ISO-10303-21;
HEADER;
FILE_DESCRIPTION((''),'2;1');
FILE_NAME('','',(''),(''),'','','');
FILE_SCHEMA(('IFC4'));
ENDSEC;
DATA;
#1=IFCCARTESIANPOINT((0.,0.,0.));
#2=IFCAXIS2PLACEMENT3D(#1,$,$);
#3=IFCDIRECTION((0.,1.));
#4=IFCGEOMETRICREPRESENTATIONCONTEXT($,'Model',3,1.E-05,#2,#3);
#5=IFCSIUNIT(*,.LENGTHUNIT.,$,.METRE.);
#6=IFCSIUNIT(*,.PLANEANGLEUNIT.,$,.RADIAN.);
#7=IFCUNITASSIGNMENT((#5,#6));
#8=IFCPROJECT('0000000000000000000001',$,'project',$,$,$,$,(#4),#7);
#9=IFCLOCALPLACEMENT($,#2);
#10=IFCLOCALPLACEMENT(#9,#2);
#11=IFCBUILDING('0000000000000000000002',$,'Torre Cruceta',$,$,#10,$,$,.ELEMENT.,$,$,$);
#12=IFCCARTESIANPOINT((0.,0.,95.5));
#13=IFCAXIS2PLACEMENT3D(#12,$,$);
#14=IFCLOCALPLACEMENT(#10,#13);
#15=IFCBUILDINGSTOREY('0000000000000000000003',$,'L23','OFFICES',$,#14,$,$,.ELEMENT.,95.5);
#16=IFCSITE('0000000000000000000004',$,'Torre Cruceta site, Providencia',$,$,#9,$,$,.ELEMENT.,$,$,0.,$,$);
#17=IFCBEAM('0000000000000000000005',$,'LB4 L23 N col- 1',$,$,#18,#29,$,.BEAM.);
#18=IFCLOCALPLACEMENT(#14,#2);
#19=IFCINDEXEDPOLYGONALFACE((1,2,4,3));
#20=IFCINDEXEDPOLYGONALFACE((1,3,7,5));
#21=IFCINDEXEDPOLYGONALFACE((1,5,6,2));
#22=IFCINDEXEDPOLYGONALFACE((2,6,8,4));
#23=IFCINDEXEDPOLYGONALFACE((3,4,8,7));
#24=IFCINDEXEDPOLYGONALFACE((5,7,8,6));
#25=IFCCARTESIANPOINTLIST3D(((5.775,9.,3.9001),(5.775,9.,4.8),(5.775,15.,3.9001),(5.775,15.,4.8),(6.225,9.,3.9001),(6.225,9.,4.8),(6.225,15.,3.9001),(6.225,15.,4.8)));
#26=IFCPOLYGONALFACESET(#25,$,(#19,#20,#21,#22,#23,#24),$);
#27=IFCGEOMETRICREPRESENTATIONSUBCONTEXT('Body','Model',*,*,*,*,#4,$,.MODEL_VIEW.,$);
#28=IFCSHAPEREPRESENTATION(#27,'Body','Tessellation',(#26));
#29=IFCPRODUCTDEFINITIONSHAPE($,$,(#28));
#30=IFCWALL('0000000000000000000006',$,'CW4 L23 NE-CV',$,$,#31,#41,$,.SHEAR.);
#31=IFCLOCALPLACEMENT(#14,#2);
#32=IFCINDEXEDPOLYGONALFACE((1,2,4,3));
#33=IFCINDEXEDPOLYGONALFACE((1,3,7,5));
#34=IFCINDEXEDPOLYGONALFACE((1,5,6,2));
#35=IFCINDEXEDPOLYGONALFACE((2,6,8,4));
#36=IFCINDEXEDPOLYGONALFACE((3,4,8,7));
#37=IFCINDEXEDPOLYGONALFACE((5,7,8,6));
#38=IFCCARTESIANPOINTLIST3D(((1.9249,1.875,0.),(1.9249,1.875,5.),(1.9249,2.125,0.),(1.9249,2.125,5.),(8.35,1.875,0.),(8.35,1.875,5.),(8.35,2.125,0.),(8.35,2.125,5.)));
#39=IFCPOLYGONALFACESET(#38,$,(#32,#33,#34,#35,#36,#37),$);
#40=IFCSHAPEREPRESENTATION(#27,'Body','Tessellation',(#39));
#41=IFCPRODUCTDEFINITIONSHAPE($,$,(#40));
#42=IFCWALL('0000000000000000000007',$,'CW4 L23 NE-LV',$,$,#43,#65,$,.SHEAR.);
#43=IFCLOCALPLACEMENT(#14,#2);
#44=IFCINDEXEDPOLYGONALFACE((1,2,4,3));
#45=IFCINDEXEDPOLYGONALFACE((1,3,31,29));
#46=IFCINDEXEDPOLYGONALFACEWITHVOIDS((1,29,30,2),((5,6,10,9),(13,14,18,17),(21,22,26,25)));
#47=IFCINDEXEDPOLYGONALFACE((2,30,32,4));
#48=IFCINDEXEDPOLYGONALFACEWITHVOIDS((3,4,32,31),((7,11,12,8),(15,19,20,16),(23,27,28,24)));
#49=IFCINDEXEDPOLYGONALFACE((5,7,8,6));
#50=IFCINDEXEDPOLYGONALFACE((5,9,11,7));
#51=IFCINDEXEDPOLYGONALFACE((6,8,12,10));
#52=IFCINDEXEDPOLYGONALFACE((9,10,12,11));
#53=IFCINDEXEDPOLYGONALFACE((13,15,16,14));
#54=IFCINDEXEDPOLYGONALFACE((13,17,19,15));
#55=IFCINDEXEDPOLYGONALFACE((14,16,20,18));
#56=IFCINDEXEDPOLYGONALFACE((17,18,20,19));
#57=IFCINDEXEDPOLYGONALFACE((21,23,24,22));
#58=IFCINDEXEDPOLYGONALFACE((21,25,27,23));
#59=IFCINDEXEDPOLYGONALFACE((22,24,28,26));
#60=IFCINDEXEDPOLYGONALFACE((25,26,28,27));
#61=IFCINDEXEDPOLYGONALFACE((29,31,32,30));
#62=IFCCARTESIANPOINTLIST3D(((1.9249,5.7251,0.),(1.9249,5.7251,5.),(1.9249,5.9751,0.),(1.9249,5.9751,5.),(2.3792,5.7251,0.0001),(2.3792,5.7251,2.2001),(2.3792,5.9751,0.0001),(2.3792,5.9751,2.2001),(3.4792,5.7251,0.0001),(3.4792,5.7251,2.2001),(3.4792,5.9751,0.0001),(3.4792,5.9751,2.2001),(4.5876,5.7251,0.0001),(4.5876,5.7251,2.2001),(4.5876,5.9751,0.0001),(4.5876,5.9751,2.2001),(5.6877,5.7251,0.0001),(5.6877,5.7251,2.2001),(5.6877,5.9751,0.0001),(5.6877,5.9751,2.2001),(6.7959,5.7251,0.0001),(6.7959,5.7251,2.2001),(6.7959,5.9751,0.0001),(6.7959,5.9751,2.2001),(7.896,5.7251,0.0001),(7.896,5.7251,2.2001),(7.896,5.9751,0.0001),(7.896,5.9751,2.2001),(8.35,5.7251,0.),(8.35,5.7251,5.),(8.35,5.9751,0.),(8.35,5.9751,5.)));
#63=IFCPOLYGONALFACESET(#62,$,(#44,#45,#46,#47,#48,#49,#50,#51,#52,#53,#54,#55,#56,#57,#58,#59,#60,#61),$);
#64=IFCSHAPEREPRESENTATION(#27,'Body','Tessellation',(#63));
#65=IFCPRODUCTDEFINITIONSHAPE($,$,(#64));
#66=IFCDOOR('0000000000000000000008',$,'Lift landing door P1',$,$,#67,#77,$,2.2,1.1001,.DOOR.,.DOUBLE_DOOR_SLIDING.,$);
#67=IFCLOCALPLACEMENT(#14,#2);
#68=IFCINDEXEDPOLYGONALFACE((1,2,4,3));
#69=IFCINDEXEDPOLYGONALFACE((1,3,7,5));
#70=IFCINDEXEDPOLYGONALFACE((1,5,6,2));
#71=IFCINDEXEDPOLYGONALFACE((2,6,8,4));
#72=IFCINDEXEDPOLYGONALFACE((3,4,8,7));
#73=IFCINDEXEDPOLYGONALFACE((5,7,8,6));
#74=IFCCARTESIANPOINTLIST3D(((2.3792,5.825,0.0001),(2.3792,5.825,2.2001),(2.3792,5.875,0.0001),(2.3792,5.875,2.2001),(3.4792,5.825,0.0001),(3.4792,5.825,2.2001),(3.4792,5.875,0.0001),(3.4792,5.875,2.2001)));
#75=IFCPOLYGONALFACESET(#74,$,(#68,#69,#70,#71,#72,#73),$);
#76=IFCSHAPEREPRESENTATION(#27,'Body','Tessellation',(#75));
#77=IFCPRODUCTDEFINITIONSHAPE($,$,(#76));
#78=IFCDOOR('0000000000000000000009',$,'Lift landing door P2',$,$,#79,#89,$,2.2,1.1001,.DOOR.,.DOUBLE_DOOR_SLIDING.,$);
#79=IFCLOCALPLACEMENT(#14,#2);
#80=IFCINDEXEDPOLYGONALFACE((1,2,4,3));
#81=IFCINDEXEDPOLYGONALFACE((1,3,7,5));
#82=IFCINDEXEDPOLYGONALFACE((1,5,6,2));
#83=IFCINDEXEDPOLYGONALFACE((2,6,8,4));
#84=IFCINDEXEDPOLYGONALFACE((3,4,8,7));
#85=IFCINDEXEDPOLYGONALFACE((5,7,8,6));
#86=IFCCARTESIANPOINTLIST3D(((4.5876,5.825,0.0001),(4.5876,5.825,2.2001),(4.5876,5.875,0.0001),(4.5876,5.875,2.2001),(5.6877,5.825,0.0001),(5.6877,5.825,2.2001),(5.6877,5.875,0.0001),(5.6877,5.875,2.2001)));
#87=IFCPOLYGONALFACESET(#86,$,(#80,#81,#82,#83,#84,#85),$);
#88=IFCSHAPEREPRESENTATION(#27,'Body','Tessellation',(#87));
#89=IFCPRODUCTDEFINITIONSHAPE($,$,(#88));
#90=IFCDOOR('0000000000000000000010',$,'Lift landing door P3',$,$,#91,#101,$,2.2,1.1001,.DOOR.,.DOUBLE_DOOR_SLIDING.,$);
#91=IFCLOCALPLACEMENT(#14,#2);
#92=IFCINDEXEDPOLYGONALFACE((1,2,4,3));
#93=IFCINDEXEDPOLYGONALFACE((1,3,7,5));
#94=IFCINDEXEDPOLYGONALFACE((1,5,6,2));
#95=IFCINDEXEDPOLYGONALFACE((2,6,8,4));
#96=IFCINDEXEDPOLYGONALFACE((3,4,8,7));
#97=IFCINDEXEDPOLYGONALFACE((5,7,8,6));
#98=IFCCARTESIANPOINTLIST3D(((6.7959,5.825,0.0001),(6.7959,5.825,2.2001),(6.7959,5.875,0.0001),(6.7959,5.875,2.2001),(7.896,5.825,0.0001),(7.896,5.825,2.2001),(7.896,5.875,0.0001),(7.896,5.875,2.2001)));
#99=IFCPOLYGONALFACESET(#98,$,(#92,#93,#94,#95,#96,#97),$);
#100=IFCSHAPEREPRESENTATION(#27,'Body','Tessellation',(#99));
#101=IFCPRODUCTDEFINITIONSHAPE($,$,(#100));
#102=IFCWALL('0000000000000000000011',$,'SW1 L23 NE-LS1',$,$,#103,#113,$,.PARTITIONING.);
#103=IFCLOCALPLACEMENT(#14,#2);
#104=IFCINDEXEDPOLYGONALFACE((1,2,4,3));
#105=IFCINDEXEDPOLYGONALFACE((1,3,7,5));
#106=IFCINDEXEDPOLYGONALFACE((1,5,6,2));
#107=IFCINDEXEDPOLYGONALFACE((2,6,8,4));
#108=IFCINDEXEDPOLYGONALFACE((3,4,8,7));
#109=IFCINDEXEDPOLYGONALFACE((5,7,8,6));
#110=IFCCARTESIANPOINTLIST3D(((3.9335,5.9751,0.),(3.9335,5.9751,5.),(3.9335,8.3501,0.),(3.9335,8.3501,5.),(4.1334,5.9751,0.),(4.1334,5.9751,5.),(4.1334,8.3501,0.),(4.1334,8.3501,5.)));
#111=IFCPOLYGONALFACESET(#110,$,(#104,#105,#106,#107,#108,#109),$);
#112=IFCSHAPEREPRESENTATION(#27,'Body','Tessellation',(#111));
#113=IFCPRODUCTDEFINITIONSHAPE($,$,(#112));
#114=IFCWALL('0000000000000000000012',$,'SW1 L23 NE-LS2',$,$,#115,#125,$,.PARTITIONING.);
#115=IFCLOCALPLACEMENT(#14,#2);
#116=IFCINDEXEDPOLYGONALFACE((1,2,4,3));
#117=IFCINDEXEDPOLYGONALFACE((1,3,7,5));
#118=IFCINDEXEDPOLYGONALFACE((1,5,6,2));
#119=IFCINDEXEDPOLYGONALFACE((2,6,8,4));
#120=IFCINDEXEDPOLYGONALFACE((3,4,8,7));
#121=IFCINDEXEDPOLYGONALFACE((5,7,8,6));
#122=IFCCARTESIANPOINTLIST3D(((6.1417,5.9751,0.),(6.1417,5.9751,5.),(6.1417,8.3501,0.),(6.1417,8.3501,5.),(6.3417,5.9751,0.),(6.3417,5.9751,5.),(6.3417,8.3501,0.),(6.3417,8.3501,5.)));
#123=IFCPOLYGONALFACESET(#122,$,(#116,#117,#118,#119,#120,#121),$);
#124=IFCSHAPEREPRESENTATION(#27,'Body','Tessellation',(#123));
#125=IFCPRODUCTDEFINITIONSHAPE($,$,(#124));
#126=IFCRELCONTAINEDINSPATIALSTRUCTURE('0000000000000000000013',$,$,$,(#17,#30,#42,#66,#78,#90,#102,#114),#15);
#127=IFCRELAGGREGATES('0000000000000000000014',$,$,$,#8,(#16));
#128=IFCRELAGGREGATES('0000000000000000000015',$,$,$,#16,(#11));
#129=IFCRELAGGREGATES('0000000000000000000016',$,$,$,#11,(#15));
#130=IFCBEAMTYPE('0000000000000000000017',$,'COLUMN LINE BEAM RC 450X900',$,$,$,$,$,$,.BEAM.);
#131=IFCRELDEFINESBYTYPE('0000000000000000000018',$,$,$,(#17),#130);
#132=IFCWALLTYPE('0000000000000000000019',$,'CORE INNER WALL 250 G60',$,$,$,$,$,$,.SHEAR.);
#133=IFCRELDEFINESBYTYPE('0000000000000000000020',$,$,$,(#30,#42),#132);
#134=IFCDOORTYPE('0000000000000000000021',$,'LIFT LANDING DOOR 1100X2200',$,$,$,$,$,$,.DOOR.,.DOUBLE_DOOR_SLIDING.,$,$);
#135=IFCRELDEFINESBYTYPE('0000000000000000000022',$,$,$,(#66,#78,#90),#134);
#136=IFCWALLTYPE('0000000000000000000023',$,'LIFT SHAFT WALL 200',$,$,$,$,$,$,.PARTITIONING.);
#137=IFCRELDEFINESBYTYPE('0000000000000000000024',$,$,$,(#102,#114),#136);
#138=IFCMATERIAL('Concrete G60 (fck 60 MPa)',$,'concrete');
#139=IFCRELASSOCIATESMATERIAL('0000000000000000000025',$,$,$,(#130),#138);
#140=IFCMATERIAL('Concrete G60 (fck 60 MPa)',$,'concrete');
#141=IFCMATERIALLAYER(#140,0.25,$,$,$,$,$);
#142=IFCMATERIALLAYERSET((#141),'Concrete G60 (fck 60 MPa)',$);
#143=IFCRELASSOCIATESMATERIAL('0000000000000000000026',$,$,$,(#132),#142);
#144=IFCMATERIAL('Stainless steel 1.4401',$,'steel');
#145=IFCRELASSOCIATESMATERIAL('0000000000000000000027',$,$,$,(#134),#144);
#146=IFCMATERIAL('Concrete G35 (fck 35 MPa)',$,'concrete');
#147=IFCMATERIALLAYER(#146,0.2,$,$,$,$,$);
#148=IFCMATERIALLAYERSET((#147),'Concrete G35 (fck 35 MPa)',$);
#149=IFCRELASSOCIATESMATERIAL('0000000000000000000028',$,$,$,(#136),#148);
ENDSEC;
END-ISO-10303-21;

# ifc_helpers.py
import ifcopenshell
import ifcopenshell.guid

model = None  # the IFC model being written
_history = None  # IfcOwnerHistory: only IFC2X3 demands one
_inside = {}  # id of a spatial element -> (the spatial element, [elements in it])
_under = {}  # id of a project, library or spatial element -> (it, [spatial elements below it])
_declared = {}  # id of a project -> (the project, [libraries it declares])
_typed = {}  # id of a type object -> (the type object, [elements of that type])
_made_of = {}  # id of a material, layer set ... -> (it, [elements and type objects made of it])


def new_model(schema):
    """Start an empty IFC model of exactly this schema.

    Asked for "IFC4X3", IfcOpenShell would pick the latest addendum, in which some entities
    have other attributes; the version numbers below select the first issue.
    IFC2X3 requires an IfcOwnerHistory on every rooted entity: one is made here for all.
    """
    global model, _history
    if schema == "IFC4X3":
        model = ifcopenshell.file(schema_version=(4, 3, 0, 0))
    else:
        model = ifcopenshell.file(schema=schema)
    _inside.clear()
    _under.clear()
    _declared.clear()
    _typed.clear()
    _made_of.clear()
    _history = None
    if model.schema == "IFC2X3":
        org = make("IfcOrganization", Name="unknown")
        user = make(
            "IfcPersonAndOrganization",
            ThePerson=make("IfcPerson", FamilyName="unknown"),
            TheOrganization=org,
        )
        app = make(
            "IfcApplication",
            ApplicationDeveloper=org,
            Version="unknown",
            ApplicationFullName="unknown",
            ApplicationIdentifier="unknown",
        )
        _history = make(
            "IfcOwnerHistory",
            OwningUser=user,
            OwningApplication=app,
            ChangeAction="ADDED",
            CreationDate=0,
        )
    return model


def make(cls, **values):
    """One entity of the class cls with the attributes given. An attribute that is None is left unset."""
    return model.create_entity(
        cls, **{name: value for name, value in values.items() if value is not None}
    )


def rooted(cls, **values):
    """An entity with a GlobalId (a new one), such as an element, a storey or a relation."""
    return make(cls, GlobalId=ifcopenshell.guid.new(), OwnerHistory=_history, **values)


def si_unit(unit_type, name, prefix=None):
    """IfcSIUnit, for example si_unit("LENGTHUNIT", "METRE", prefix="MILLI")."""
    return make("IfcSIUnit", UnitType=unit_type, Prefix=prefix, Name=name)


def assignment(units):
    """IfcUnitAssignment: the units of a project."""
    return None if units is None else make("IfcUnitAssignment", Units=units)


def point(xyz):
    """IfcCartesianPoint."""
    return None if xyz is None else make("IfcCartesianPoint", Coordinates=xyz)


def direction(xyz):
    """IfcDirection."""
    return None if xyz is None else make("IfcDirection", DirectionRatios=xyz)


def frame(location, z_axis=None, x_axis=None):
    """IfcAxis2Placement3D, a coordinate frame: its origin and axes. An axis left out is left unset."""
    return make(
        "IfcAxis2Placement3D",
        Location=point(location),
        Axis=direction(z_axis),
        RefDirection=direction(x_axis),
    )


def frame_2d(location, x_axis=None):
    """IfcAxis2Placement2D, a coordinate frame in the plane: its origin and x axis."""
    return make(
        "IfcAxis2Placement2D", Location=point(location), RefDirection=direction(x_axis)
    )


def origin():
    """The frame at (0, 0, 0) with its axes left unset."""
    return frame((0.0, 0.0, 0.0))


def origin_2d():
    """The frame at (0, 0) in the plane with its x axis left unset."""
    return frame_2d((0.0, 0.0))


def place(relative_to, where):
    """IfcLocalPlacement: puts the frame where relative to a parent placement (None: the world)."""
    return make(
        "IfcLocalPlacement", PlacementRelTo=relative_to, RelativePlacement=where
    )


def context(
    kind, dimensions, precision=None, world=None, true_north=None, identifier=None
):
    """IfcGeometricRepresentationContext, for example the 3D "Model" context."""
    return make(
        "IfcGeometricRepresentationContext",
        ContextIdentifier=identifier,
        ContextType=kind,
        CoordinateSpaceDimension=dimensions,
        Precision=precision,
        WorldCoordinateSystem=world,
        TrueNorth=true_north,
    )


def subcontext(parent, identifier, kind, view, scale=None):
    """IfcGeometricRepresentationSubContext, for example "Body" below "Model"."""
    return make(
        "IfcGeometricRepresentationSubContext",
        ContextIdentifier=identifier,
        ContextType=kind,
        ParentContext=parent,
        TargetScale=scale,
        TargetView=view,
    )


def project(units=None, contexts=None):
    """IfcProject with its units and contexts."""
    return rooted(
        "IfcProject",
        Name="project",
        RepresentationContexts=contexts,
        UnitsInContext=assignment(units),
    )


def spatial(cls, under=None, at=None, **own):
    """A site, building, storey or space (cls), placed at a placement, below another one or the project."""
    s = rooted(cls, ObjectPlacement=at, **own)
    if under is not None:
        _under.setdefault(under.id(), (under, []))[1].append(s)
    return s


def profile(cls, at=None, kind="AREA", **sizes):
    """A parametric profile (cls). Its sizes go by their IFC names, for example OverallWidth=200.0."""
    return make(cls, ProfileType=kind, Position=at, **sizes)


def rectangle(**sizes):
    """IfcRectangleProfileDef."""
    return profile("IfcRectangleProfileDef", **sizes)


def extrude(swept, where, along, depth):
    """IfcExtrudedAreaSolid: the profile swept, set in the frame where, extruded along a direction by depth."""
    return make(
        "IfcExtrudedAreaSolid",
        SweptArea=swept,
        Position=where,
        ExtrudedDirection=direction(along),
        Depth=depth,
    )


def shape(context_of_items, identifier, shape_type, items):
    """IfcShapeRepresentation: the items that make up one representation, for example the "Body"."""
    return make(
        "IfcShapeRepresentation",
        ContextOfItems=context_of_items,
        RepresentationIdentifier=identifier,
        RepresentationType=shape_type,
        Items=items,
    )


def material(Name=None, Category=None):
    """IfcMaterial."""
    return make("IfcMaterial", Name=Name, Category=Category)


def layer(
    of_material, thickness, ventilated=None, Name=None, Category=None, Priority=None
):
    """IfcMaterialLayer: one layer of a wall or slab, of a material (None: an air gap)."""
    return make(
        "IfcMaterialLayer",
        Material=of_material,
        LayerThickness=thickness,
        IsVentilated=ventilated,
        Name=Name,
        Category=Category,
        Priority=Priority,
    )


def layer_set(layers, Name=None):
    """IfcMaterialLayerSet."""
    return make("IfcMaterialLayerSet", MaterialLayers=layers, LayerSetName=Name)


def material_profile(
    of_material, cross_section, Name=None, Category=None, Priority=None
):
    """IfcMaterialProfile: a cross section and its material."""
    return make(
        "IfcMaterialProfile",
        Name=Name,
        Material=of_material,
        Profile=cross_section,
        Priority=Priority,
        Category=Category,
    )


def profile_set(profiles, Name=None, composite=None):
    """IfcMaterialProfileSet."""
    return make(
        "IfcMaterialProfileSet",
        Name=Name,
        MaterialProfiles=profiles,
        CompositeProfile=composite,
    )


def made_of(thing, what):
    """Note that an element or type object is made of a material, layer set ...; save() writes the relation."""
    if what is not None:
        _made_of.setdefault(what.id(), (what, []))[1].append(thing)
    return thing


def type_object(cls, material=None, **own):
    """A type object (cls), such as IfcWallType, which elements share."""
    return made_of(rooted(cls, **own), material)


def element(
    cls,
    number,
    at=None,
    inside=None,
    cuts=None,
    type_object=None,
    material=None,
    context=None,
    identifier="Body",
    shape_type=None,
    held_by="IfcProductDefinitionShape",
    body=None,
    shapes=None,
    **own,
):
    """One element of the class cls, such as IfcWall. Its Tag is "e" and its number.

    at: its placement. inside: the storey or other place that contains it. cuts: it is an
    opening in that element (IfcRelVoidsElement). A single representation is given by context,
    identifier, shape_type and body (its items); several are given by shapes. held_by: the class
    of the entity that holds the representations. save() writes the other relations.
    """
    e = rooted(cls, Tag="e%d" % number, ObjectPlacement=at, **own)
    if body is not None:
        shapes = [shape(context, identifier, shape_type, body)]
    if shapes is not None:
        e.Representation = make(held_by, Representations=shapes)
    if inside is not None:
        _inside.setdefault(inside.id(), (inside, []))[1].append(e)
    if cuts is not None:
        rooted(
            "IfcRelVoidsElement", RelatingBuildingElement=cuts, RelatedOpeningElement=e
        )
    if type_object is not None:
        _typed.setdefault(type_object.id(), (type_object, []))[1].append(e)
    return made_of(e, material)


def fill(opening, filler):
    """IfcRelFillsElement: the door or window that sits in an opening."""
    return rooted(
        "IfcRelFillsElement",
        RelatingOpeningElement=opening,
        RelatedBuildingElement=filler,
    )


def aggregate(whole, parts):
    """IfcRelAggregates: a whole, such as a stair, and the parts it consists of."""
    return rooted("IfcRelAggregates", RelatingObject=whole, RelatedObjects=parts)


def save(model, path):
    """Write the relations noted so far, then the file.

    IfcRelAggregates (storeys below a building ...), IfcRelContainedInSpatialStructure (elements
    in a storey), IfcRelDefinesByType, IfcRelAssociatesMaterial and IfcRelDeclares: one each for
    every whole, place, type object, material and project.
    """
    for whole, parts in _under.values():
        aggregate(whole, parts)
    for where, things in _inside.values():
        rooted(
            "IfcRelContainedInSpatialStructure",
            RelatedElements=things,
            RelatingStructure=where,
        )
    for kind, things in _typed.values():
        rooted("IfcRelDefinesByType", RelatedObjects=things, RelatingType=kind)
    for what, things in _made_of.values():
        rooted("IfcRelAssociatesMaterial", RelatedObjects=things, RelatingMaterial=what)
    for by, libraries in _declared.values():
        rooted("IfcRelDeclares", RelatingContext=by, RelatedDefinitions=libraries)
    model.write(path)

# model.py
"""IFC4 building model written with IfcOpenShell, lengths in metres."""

from ifc_helpers import new_model, si_unit, direction, frame, frame_2d, origin, origin_2d, place, context, subcontext, project, spatial, rectangle, extrude, material, layer, layer_set, material_profile, profile_set, type_object, element, fill, save


model = new_model("IFC4")

# Units and contexts
model_context = context("Model", 3, precision=1e-05, world=origin(), true_north=direction((0.0, 1.0)))
body_context = subcontext(model_context, "Body", "Model", "MODEL_VIEW")
ifc_project = project(units=[si_unit("LENGTHUNIT", "METRE"), si_unit("PLANEANGLEUNIT", "RADIAN")], contexts=[model_context])

# Site, building, storey
site_placement = place(None, origin())
site = spatial("IfcSite", under=ifc_project, at=site_placement, Name="Torre Cruceta site, Providencia", CompositionType="ELEMENT", RefElevation=0.0)
building_placement = place(site_placement, origin())
building = spatial("IfcBuilding", under=site, at=building_placement, Name="Torre Cruceta", CompositionType="ELEMENT")
storey_placement = place(building_placement, frame((0.0, 0.0, 95.5)))
storey = spatial("IfcBuildingStorey", under=building, at=storey_placement, Name="L23", Description="OFFICES", CompositionType="ELEMENT", Elevation=95.5)

# Beam
ifc_material_1 = material(Name="Concrete G60 (fck 60 MPa)", Category="concrete")
ifc_material_profile = material_profile(ifc_material_1, rectangle(XDim=0.45, YDim=0.8999, at=origin_2d()), Name="RC 450X900")
ifc_profile_set = profile_set([ifc_material_profile], Name="Concrete G60 (fck 60 MPa)")
beam_type = type_object("IfcBeamType", Name="COLUMN LINE BEAM RC 450X900", PredefinedType="BEAM", material=ifc_profile_set)
beam_placement = place(storey_placement, frame((6.0, 9.0, 4.3501), z_axis=(0.0, 1.0, 0.0), x_axis=(-1.0, 0.0, 0.0)))
element("IfcBeam", 1, at=beam_placement, inside=storey, type_object=beam_type, Name="LB4 L23 N col- 1", PredefinedType="BEAM", context=body_context, shape_type="SweptSolid", body=[
    extrude(rectangle(XDim=0.45, YDim=0.8999, at=origin_2d()), origin(), (0.0, 0.0, 1.0), 6.0),
])

# Shared definitions
ifc_material_2 = material(Name="Concrete G60 (fck 60 MPa)", Category="concrete")
ifc_layer_1 = layer(ifc_material_2, 0.25)
ifc_layer_set_1 = layer_set([ifc_layer_1], Name="Concrete G60 (fck 60 MPa)")
wall_type_1 = type_object("IfcWallType", Name="CORE INNER WALL 250 G60", PredefinedType="SHEAR", material=ifc_layer_set_1)

# Wall
wall_1_placement = place(storey_placement, frame((1.925, 2.0, 0.0), z_axis=(0.0, 0.0, 1.0), x_axis=(1.0, 0.0, 0.0)))
element("IfcWall", 2, at=wall_1_placement, inside=storey, type_object=wall_type_1, Name="CW4 L23 NE-CV", PredefinedType="SHEAR", context=body_context, shape_type="SweptSolid", body=[
    extrude(rectangle(XDim=6.425, YDim=0.25, at=frame_2d((3.2124, 0.0))), origin(), (0.0, 0.0, 1.0), 5.0),
])

# Wall, openings, doors
wall_2_placement = place(storey_placement, frame((1.925, 5.8501, 0.0), z_axis=(0.0, 0.0, 1.0), x_axis=(1.0, 0.0, 0.0)))
wall_2 = element("IfcWall", 3, at=wall_2_placement, inside=storey, type_object=wall_type_1, Name="CW4 L23 NE-LV", PredefinedType="SHEAR", context=body_context, shape_type="SweptSolid", body=[
    extrude(rectangle(XDim=6.425, YDim=0.25, at=frame_2d((3.2124, 0.0))), origin(), (0.0, 0.0, 1.0), 5.0),
])
opening_1_placement = place(wall_2_placement, frame((0.4541, 0.0, 0.0)))
opening_1 = element("IfcOpeningElement", 4, at=opening_1_placement, cuts=wall_2, PredefinedType="OPENING", context=body_context, shape_type="SweptSolid", body=[
    extrude(rectangle(XDim=1.1001, YDim=2.2, at=frame_2d((0.55, 1.1001))), frame((0.0, 0.135, 0.0), z_axis=(0.0, -1.0, 0.0), x_axis=(1.0, 0.0, 0.0)), (0.0, 0.0, 1.0), 0.27),
])
opening_2_placement = place(wall_2_placement, frame((2.6626, 0.0, 0.0)))
opening_2 = element("IfcOpeningElement", 5, at=opening_2_placement, cuts=wall_2, PredefinedType="OPENING", context=body_context, shape_type="SweptSolid", body=[
    extrude(rectangle(XDim=1.1001, YDim=2.2, at=frame_2d((0.55, 1.1001))), frame((0.0, 0.135, 0.0), z_axis=(0.0, -1.0, 0.0), x_axis=(1.0, 0.0, 0.0)), (0.0, 0.0, 1.0), 0.27),
])
opening_3_placement = place(wall_2_placement, frame((4.8708, 0.0, 0.0)))
opening_3 = element("IfcOpeningElement", 6, at=opening_3_placement, cuts=wall_2, PredefinedType="OPENING", context=body_context, shape_type="SweptSolid", body=[
    extrude(rectangle(XDim=1.1001, YDim=2.2, at=frame_2d((0.55, 1.1001))), frame((0.0, 0.135, 0.0), z_axis=(0.0, -1.0, 0.0), x_axis=(1.0, 0.0, 0.0)), (0.0, 0.0, 1.0), 0.27),
])
ifc_material_3 = material(Name="Stainless steel 1.4401", Category="steel")
door_type_1 = type_object("IfcDoorType", Name="LIFT LANDING DOOR 1100X2200", OperationType="DOUBLE_DOOR_SLIDING", PredefinedType="DOOR", material=ifc_material_3)
door_1_placement = place(opening_1_placement, origin())
door_1 = element("IfcDoor", 7, at=door_1_placement, inside=storey, type_object=door_type_1, Name="Lift landing door P1", OperationType="DOUBLE_DOOR_SLIDING", OverallHeight=2.2, OverallWidth=1.1001, PredefinedType="DOOR", context=body_context, shape_type="SweptSolid", body=[
    extrude(rectangle(XDim=1.1001, YDim=2.2, at=frame_2d((0.55, 1.1001))), frame((0.0, 0.0249, 0.0), z_axis=(0.0, -1.0, 0.0), x_axis=(1.0, 0.0, 0.0)), (0.0, 0.0, 1.0), 0.05),
])
fill(opening_1, door_1)
door_2_placement = place(opening_2_placement, origin())
door_2 = element("IfcDoor", 8, at=door_2_placement, inside=storey, type_object=door_type_1, Name="Lift landing door P2", OperationType="DOUBLE_DOOR_SLIDING", OverallHeight=2.2, OverallWidth=1.1001, PredefinedType="DOOR", context=body_context, shape_type="SweptSolid", body=[
    extrude(rectangle(XDim=1.1001, YDim=2.2, at=frame_2d((0.55, 1.1001))), frame((0.0, 0.0249, 0.0), z_axis=(0.0, -1.0, 0.0), x_axis=(1.0, 0.0, 0.0)), (0.0, 0.0, 1.0), 0.05),
])
fill(opening_2, door_2)
door_3_placement = place(opening_3_placement, origin())
door_3 = element("IfcDoor", 9, at=door_3_placement, inside=storey, type_object=door_type_1, Name="Lift landing door P3", OperationType="DOUBLE_DOOR_SLIDING", OverallHeight=2.2, OverallWidth=1.1001, PredefinedType="DOOR", context=body_context, shape_type="SweptSolid", body=[
    extrude(rectangle(XDim=1.1001, YDim=2.2, at=frame_2d((0.55, 1.1001))), frame((0.0, 0.0249, 0.0), z_axis=(0.0, -1.0, 0.0), x_axis=(1.0, 0.0, 0.0)), (0.0, 0.0, 1.0), 0.05),
])
fill(opening_3, door_3)

# Walls
ifc_material_4 = material(Name="Concrete G35 (fck 35 MPa)", Category="concrete")
ifc_layer_2 = layer(ifc_material_4, 0.2)
ifc_layer_set_2 = layer_set([ifc_layer_2], Name="Concrete G35 (fck 35 MPa)")
wall_type_2 = type_object("IfcWallType", Name="LIFT SHAFT WALL 200", PredefinedType="PARTITIONING", material=ifc_layer_set_2)
for number, where, z_axis, x_axis, name in (
    (10, (4.0334, 5.9751, 0.0), (0.0, 0.0, 1.0), (0.0, 1.0, 0.0), "SW1 L23 NE-LS1"),
    (11, (6.2417, 5.9751, 0.0), (0.0, 0.0, 1.0), (0.0, 1.0, 0.0), "SW1 L23 NE-LS2"),
):
    element("IfcWall", number, at=place(storey_placement, frame(where, z_axis=z_axis, x_axis=x_axis)), inside=storey, type_object=wall_type_2, Name=name, PredefinedType="PARTITIONING", context=body_context, shape_type="SweptSolid", body=[
        extrude(rectangle(XDim=2.375, YDim=0.2, at=frame_2d((1.1875, 0.0))), origin(), (0.0, 0.0, 1.0), 5.0),
    ])

save(model, "model.ifc")
